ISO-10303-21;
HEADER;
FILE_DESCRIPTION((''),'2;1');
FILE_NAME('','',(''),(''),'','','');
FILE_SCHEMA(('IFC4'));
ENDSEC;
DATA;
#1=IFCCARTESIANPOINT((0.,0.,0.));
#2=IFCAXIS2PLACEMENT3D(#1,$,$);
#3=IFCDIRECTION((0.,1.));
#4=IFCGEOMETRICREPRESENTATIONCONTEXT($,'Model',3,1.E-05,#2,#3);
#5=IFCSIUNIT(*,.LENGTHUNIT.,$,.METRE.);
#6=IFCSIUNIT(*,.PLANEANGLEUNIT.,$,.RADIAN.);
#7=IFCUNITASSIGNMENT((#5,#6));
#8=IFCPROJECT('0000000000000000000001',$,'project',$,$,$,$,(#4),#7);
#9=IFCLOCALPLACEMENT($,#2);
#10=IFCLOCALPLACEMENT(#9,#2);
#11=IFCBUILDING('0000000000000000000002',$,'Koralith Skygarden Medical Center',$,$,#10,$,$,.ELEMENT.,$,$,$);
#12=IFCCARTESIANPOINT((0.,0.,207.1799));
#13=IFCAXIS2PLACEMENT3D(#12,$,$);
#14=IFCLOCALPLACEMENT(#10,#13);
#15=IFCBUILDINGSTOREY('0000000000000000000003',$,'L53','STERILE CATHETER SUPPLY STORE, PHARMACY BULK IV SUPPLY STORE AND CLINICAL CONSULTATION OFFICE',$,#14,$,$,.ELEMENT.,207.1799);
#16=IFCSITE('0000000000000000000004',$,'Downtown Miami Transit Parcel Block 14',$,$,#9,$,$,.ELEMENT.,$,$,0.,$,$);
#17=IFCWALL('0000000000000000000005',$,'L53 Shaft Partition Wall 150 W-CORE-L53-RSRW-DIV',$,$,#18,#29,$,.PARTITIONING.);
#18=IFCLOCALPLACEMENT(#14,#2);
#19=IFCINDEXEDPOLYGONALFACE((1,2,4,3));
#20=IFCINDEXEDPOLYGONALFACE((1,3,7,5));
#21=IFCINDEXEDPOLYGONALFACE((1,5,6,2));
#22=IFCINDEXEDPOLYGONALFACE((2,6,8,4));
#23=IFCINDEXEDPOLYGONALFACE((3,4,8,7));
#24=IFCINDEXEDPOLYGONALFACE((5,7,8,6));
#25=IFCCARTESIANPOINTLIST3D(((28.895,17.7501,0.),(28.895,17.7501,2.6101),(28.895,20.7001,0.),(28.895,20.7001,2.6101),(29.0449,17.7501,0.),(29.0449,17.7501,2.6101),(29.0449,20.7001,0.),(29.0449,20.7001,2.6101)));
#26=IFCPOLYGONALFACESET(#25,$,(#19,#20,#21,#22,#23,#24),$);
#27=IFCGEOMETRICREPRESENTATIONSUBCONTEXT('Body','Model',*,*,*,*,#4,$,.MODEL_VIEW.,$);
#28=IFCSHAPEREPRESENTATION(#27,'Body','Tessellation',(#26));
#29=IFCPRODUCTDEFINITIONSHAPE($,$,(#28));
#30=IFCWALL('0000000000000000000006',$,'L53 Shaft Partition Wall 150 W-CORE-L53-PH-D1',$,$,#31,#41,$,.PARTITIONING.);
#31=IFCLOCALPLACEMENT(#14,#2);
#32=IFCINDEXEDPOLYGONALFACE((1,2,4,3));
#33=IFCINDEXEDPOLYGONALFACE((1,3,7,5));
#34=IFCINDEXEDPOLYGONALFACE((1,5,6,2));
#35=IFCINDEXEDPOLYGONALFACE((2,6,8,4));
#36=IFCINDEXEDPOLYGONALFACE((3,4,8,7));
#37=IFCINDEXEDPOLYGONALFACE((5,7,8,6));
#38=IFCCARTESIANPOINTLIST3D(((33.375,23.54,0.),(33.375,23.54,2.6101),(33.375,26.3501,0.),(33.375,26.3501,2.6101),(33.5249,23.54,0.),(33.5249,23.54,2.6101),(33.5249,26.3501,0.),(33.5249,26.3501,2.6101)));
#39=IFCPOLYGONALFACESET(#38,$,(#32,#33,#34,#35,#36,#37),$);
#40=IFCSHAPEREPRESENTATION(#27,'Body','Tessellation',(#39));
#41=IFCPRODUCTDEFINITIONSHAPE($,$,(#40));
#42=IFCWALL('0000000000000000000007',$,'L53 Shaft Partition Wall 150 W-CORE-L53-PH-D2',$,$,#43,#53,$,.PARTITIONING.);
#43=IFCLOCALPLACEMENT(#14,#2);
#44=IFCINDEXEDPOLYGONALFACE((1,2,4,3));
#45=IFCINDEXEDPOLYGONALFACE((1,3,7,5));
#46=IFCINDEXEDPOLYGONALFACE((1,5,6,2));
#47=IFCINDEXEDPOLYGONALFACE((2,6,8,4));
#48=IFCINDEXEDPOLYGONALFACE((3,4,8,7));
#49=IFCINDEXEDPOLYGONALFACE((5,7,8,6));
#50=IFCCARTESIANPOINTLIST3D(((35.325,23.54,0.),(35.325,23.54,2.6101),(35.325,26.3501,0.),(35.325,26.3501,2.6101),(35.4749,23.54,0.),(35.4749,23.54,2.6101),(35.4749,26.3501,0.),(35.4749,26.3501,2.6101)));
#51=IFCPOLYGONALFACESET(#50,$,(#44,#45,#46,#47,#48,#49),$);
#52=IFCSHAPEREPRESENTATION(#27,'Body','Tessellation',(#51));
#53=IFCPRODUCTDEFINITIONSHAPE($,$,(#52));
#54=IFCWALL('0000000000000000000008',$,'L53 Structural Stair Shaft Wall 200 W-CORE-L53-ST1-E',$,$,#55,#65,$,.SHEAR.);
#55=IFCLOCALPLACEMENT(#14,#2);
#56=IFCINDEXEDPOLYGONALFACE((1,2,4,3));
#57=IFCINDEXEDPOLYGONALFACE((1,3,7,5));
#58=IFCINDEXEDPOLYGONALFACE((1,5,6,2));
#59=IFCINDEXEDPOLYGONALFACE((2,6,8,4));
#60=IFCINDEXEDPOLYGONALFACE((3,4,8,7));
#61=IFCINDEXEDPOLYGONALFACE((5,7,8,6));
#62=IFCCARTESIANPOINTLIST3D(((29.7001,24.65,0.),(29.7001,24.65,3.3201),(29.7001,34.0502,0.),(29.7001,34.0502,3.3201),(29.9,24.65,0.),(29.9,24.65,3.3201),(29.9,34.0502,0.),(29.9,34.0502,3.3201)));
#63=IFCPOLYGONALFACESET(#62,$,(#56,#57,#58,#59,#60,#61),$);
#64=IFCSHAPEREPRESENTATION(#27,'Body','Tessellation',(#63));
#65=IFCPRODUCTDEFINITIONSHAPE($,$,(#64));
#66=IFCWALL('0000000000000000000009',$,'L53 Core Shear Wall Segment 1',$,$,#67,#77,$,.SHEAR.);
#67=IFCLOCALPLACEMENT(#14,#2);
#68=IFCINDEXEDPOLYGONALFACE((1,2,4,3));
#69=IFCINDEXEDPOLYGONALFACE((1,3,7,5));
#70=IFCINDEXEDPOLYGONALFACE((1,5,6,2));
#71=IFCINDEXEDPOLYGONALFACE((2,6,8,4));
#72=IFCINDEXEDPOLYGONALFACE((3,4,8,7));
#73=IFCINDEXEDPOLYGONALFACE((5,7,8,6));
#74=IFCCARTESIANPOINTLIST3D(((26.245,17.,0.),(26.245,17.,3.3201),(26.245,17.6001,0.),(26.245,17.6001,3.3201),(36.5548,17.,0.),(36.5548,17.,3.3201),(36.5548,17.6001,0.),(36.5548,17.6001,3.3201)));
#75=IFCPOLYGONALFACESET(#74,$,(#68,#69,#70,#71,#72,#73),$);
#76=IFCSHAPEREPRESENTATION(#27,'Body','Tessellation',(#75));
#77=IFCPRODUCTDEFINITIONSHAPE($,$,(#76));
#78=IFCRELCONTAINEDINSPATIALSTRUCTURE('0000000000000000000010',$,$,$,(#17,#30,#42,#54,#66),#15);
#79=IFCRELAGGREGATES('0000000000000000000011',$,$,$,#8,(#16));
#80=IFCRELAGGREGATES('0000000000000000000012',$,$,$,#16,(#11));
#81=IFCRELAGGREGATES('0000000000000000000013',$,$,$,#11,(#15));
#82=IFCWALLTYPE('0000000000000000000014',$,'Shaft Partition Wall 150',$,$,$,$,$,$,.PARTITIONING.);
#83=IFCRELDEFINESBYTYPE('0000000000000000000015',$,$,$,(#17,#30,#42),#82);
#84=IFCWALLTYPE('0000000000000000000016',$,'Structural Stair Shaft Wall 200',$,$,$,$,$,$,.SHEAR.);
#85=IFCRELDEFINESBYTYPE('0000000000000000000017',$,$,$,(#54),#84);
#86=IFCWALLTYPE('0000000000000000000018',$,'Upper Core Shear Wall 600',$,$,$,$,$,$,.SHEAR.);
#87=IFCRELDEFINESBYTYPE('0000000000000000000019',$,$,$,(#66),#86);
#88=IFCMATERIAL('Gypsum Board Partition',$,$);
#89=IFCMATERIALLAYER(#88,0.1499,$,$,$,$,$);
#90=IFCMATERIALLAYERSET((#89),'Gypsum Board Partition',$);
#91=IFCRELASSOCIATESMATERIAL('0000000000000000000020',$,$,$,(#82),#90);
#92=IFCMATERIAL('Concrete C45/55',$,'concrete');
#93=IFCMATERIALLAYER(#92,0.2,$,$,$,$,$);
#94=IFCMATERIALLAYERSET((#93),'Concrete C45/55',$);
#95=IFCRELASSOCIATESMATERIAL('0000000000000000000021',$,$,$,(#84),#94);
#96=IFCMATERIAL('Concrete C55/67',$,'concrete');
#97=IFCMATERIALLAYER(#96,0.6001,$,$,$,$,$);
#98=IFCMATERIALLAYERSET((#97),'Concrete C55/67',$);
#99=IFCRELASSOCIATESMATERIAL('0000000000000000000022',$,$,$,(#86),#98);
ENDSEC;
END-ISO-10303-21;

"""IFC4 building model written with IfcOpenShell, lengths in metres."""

from ifc_helpers import new_model, si_unit, direction, frame, frame_2d, origin, place, context, subcontext, project, spatial, rectangle, extrude, material, layer, layer_set, type_object, element, save


model = new_model("IFC4")

# Units and contexts
model_context = context("Model", 3, precision=1e-05, world=origin(), true_north=direction((0.0, 1.0)))
body_context = subcontext(model_context, "Body", "Model", "MODEL_VIEW")
ifc_project = project(units=[si_unit("LENGTHUNIT", "METRE"), si_unit("PLANEANGLEUNIT", "RADIAN")], contexts=[model_context])

# Site, building, storey
site_placement = place(None, origin())
site = spatial("IfcSite", under=ifc_project, at=site_placement, Name="Downtown Miami Transit Parcel Block 14", CompositionType="ELEMENT", RefElevation=0.0)
building_placement = place(site_placement, origin())
building = spatial("IfcBuilding", under=site, at=building_placement, Name="Koralith Skygarden Medical Center", CompositionType="ELEMENT")
storey_placement = place(building_placement, frame((0.0, 0.0, 207.1799)))
storey = spatial("IfcBuildingStorey", under=building, at=storey_placement, Name="L53", Description="STERILE CATHETER SUPPLY STORE, PHARMACY BULK IV SUPPLY STORE AND CLINICAL CONSULTATION OFFICE", CompositionType="ELEMENT", Elevation=207.1799)

# Shared definitions
ifc_material_1 = material(Name="Concrete C55/67", Category="concrete")

# Shared definitions
ifc_material_2 = material(Name="Concrete C45/55", Category="concrete")

# Shared definitions
ifc_material_3 = material(Name="Gypsum Board Partition")

# Walls
ifc_layer_1 = layer(ifc_material_3, 0.1499)
ifc_layer_set_1 = layer_set([ifc_layer_1], Name="Gypsum Board Partition")
wall_type_1 = type_object("IfcWallType", Name="Shaft Partition Wall 150", PredefinedType="PARTITIONING", material=ifc_layer_set_1)
wall_1_placement = place(storey_placement, frame((28.97, 17.75, 0.0), z_axis=(0.0, 0.0, 1.0), x_axis=(0.0, 1.0, 0.0)))
element("IfcWall", 1, at=wall_1_placement, inside=storey, type_object=wall_type_1, Name="L53 Shaft Partition Wall 150 W-CORE-L53-RSRW-DIV", PredefinedType="PARTITIONING", context=body_context, shape_type="SweptSolid", body=[
    extrude(rectangle(XDim=2.95, YDim=0.1499, at=frame_2d((1.4751, 0.0))), origin(), (0.0, 0.0, 1.0), 2.6101),
])
for number, where, z_axis, x_axis, name in (
    (2, (33.45, 23.54, 0.0), (0.0, 0.0, 1.0), (0.0, 1.0, 0.0), "L53 Shaft Partition Wall 150 W-CORE-L53-PH-D1"),
    (3, (35.3999, 23.54, 0.0), (0.0, 0.0, 1.0), (0.0, 1.0, 0.0), "L53 Shaft Partition Wall 150 W-CORE-L53-PH-D2"),
):
    element("IfcWall", number, at=place(storey_placement, frame(where, z_axis=z_axis, x_axis=x_axis)), inside=storey, type_object=wall_type_1, Name=name, PredefinedType="PARTITIONING", context=body_context, shape_type="SweptSolid", body=[
        extrude(rectangle(XDim=2.8101, YDim=0.1499, at=frame_2d((1.405, 0.0))), origin(), (0.0, 0.0, 1.0), 2.6101),
    ])
ifc_layer_2 = layer(ifc_material_2, 0.2)
ifc_layer_set_2 = layer_set([ifc_layer_2], Name="Concrete C45/55")
wall_type_2 = type_object("IfcWallType", Name="Structural Stair Shaft Wall 200", PredefinedType="SHEAR", material=ifc_layer_set_2)
wall_2_placement = place(storey_placement, frame((29.8, 24.6499, 0.0), z_axis=(0.0, 0.0, 1.0), x_axis=(0.0, 1.0, 0.0)))
element("IfcWall", 4, at=wall_2_placement, inside=storey, type_object=wall_type_2, Name="L53 Structural Stair Shaft Wall 200 W-CORE-L53-ST1-E", PredefinedType="SHEAR", context=body_context, shape_type="SweptSolid", body=[
    extrude(rectangle(XDim=9.4001, YDim=0.2, at=frame_2d((4.7002, 0.0))), origin(), (0.0, 0.0, 1.0), 3.3201),
])

# Wall
ifc_layer_3 = layer(ifc_material_1, 0.6001)
ifc_layer_set_3 = layer_set([ifc_layer_3], Name="Concrete C55/67")
wall_type_3 = type_object("IfcWallType", Name="Upper Core Shear Wall 600", PredefinedType="SHEAR", material=ifc_layer_set_3)
wall_3_placement = place(storey_placement, frame((26.2451, 17.3, 0.0), z_axis=(0.0, 0.0, 1.0), x_axis=(1.0, 0.0, 0.0)))
element("IfcWall", 5, at=wall_3_placement, inside=storey, type_object=wall_type_3, Name="L53 Core Shear Wall Segment 1", PredefinedType="SHEAR", context=body_context, shape_type="SweptSolid", body=[
    extrude(rectangle(XDim=10.3098, YDim=0.6001, at=frame_2d((5.1548, 0.0))), origin(), (0.0, 0.0, 1.0), 3.3201),
])

save(model, "model.ifc")
